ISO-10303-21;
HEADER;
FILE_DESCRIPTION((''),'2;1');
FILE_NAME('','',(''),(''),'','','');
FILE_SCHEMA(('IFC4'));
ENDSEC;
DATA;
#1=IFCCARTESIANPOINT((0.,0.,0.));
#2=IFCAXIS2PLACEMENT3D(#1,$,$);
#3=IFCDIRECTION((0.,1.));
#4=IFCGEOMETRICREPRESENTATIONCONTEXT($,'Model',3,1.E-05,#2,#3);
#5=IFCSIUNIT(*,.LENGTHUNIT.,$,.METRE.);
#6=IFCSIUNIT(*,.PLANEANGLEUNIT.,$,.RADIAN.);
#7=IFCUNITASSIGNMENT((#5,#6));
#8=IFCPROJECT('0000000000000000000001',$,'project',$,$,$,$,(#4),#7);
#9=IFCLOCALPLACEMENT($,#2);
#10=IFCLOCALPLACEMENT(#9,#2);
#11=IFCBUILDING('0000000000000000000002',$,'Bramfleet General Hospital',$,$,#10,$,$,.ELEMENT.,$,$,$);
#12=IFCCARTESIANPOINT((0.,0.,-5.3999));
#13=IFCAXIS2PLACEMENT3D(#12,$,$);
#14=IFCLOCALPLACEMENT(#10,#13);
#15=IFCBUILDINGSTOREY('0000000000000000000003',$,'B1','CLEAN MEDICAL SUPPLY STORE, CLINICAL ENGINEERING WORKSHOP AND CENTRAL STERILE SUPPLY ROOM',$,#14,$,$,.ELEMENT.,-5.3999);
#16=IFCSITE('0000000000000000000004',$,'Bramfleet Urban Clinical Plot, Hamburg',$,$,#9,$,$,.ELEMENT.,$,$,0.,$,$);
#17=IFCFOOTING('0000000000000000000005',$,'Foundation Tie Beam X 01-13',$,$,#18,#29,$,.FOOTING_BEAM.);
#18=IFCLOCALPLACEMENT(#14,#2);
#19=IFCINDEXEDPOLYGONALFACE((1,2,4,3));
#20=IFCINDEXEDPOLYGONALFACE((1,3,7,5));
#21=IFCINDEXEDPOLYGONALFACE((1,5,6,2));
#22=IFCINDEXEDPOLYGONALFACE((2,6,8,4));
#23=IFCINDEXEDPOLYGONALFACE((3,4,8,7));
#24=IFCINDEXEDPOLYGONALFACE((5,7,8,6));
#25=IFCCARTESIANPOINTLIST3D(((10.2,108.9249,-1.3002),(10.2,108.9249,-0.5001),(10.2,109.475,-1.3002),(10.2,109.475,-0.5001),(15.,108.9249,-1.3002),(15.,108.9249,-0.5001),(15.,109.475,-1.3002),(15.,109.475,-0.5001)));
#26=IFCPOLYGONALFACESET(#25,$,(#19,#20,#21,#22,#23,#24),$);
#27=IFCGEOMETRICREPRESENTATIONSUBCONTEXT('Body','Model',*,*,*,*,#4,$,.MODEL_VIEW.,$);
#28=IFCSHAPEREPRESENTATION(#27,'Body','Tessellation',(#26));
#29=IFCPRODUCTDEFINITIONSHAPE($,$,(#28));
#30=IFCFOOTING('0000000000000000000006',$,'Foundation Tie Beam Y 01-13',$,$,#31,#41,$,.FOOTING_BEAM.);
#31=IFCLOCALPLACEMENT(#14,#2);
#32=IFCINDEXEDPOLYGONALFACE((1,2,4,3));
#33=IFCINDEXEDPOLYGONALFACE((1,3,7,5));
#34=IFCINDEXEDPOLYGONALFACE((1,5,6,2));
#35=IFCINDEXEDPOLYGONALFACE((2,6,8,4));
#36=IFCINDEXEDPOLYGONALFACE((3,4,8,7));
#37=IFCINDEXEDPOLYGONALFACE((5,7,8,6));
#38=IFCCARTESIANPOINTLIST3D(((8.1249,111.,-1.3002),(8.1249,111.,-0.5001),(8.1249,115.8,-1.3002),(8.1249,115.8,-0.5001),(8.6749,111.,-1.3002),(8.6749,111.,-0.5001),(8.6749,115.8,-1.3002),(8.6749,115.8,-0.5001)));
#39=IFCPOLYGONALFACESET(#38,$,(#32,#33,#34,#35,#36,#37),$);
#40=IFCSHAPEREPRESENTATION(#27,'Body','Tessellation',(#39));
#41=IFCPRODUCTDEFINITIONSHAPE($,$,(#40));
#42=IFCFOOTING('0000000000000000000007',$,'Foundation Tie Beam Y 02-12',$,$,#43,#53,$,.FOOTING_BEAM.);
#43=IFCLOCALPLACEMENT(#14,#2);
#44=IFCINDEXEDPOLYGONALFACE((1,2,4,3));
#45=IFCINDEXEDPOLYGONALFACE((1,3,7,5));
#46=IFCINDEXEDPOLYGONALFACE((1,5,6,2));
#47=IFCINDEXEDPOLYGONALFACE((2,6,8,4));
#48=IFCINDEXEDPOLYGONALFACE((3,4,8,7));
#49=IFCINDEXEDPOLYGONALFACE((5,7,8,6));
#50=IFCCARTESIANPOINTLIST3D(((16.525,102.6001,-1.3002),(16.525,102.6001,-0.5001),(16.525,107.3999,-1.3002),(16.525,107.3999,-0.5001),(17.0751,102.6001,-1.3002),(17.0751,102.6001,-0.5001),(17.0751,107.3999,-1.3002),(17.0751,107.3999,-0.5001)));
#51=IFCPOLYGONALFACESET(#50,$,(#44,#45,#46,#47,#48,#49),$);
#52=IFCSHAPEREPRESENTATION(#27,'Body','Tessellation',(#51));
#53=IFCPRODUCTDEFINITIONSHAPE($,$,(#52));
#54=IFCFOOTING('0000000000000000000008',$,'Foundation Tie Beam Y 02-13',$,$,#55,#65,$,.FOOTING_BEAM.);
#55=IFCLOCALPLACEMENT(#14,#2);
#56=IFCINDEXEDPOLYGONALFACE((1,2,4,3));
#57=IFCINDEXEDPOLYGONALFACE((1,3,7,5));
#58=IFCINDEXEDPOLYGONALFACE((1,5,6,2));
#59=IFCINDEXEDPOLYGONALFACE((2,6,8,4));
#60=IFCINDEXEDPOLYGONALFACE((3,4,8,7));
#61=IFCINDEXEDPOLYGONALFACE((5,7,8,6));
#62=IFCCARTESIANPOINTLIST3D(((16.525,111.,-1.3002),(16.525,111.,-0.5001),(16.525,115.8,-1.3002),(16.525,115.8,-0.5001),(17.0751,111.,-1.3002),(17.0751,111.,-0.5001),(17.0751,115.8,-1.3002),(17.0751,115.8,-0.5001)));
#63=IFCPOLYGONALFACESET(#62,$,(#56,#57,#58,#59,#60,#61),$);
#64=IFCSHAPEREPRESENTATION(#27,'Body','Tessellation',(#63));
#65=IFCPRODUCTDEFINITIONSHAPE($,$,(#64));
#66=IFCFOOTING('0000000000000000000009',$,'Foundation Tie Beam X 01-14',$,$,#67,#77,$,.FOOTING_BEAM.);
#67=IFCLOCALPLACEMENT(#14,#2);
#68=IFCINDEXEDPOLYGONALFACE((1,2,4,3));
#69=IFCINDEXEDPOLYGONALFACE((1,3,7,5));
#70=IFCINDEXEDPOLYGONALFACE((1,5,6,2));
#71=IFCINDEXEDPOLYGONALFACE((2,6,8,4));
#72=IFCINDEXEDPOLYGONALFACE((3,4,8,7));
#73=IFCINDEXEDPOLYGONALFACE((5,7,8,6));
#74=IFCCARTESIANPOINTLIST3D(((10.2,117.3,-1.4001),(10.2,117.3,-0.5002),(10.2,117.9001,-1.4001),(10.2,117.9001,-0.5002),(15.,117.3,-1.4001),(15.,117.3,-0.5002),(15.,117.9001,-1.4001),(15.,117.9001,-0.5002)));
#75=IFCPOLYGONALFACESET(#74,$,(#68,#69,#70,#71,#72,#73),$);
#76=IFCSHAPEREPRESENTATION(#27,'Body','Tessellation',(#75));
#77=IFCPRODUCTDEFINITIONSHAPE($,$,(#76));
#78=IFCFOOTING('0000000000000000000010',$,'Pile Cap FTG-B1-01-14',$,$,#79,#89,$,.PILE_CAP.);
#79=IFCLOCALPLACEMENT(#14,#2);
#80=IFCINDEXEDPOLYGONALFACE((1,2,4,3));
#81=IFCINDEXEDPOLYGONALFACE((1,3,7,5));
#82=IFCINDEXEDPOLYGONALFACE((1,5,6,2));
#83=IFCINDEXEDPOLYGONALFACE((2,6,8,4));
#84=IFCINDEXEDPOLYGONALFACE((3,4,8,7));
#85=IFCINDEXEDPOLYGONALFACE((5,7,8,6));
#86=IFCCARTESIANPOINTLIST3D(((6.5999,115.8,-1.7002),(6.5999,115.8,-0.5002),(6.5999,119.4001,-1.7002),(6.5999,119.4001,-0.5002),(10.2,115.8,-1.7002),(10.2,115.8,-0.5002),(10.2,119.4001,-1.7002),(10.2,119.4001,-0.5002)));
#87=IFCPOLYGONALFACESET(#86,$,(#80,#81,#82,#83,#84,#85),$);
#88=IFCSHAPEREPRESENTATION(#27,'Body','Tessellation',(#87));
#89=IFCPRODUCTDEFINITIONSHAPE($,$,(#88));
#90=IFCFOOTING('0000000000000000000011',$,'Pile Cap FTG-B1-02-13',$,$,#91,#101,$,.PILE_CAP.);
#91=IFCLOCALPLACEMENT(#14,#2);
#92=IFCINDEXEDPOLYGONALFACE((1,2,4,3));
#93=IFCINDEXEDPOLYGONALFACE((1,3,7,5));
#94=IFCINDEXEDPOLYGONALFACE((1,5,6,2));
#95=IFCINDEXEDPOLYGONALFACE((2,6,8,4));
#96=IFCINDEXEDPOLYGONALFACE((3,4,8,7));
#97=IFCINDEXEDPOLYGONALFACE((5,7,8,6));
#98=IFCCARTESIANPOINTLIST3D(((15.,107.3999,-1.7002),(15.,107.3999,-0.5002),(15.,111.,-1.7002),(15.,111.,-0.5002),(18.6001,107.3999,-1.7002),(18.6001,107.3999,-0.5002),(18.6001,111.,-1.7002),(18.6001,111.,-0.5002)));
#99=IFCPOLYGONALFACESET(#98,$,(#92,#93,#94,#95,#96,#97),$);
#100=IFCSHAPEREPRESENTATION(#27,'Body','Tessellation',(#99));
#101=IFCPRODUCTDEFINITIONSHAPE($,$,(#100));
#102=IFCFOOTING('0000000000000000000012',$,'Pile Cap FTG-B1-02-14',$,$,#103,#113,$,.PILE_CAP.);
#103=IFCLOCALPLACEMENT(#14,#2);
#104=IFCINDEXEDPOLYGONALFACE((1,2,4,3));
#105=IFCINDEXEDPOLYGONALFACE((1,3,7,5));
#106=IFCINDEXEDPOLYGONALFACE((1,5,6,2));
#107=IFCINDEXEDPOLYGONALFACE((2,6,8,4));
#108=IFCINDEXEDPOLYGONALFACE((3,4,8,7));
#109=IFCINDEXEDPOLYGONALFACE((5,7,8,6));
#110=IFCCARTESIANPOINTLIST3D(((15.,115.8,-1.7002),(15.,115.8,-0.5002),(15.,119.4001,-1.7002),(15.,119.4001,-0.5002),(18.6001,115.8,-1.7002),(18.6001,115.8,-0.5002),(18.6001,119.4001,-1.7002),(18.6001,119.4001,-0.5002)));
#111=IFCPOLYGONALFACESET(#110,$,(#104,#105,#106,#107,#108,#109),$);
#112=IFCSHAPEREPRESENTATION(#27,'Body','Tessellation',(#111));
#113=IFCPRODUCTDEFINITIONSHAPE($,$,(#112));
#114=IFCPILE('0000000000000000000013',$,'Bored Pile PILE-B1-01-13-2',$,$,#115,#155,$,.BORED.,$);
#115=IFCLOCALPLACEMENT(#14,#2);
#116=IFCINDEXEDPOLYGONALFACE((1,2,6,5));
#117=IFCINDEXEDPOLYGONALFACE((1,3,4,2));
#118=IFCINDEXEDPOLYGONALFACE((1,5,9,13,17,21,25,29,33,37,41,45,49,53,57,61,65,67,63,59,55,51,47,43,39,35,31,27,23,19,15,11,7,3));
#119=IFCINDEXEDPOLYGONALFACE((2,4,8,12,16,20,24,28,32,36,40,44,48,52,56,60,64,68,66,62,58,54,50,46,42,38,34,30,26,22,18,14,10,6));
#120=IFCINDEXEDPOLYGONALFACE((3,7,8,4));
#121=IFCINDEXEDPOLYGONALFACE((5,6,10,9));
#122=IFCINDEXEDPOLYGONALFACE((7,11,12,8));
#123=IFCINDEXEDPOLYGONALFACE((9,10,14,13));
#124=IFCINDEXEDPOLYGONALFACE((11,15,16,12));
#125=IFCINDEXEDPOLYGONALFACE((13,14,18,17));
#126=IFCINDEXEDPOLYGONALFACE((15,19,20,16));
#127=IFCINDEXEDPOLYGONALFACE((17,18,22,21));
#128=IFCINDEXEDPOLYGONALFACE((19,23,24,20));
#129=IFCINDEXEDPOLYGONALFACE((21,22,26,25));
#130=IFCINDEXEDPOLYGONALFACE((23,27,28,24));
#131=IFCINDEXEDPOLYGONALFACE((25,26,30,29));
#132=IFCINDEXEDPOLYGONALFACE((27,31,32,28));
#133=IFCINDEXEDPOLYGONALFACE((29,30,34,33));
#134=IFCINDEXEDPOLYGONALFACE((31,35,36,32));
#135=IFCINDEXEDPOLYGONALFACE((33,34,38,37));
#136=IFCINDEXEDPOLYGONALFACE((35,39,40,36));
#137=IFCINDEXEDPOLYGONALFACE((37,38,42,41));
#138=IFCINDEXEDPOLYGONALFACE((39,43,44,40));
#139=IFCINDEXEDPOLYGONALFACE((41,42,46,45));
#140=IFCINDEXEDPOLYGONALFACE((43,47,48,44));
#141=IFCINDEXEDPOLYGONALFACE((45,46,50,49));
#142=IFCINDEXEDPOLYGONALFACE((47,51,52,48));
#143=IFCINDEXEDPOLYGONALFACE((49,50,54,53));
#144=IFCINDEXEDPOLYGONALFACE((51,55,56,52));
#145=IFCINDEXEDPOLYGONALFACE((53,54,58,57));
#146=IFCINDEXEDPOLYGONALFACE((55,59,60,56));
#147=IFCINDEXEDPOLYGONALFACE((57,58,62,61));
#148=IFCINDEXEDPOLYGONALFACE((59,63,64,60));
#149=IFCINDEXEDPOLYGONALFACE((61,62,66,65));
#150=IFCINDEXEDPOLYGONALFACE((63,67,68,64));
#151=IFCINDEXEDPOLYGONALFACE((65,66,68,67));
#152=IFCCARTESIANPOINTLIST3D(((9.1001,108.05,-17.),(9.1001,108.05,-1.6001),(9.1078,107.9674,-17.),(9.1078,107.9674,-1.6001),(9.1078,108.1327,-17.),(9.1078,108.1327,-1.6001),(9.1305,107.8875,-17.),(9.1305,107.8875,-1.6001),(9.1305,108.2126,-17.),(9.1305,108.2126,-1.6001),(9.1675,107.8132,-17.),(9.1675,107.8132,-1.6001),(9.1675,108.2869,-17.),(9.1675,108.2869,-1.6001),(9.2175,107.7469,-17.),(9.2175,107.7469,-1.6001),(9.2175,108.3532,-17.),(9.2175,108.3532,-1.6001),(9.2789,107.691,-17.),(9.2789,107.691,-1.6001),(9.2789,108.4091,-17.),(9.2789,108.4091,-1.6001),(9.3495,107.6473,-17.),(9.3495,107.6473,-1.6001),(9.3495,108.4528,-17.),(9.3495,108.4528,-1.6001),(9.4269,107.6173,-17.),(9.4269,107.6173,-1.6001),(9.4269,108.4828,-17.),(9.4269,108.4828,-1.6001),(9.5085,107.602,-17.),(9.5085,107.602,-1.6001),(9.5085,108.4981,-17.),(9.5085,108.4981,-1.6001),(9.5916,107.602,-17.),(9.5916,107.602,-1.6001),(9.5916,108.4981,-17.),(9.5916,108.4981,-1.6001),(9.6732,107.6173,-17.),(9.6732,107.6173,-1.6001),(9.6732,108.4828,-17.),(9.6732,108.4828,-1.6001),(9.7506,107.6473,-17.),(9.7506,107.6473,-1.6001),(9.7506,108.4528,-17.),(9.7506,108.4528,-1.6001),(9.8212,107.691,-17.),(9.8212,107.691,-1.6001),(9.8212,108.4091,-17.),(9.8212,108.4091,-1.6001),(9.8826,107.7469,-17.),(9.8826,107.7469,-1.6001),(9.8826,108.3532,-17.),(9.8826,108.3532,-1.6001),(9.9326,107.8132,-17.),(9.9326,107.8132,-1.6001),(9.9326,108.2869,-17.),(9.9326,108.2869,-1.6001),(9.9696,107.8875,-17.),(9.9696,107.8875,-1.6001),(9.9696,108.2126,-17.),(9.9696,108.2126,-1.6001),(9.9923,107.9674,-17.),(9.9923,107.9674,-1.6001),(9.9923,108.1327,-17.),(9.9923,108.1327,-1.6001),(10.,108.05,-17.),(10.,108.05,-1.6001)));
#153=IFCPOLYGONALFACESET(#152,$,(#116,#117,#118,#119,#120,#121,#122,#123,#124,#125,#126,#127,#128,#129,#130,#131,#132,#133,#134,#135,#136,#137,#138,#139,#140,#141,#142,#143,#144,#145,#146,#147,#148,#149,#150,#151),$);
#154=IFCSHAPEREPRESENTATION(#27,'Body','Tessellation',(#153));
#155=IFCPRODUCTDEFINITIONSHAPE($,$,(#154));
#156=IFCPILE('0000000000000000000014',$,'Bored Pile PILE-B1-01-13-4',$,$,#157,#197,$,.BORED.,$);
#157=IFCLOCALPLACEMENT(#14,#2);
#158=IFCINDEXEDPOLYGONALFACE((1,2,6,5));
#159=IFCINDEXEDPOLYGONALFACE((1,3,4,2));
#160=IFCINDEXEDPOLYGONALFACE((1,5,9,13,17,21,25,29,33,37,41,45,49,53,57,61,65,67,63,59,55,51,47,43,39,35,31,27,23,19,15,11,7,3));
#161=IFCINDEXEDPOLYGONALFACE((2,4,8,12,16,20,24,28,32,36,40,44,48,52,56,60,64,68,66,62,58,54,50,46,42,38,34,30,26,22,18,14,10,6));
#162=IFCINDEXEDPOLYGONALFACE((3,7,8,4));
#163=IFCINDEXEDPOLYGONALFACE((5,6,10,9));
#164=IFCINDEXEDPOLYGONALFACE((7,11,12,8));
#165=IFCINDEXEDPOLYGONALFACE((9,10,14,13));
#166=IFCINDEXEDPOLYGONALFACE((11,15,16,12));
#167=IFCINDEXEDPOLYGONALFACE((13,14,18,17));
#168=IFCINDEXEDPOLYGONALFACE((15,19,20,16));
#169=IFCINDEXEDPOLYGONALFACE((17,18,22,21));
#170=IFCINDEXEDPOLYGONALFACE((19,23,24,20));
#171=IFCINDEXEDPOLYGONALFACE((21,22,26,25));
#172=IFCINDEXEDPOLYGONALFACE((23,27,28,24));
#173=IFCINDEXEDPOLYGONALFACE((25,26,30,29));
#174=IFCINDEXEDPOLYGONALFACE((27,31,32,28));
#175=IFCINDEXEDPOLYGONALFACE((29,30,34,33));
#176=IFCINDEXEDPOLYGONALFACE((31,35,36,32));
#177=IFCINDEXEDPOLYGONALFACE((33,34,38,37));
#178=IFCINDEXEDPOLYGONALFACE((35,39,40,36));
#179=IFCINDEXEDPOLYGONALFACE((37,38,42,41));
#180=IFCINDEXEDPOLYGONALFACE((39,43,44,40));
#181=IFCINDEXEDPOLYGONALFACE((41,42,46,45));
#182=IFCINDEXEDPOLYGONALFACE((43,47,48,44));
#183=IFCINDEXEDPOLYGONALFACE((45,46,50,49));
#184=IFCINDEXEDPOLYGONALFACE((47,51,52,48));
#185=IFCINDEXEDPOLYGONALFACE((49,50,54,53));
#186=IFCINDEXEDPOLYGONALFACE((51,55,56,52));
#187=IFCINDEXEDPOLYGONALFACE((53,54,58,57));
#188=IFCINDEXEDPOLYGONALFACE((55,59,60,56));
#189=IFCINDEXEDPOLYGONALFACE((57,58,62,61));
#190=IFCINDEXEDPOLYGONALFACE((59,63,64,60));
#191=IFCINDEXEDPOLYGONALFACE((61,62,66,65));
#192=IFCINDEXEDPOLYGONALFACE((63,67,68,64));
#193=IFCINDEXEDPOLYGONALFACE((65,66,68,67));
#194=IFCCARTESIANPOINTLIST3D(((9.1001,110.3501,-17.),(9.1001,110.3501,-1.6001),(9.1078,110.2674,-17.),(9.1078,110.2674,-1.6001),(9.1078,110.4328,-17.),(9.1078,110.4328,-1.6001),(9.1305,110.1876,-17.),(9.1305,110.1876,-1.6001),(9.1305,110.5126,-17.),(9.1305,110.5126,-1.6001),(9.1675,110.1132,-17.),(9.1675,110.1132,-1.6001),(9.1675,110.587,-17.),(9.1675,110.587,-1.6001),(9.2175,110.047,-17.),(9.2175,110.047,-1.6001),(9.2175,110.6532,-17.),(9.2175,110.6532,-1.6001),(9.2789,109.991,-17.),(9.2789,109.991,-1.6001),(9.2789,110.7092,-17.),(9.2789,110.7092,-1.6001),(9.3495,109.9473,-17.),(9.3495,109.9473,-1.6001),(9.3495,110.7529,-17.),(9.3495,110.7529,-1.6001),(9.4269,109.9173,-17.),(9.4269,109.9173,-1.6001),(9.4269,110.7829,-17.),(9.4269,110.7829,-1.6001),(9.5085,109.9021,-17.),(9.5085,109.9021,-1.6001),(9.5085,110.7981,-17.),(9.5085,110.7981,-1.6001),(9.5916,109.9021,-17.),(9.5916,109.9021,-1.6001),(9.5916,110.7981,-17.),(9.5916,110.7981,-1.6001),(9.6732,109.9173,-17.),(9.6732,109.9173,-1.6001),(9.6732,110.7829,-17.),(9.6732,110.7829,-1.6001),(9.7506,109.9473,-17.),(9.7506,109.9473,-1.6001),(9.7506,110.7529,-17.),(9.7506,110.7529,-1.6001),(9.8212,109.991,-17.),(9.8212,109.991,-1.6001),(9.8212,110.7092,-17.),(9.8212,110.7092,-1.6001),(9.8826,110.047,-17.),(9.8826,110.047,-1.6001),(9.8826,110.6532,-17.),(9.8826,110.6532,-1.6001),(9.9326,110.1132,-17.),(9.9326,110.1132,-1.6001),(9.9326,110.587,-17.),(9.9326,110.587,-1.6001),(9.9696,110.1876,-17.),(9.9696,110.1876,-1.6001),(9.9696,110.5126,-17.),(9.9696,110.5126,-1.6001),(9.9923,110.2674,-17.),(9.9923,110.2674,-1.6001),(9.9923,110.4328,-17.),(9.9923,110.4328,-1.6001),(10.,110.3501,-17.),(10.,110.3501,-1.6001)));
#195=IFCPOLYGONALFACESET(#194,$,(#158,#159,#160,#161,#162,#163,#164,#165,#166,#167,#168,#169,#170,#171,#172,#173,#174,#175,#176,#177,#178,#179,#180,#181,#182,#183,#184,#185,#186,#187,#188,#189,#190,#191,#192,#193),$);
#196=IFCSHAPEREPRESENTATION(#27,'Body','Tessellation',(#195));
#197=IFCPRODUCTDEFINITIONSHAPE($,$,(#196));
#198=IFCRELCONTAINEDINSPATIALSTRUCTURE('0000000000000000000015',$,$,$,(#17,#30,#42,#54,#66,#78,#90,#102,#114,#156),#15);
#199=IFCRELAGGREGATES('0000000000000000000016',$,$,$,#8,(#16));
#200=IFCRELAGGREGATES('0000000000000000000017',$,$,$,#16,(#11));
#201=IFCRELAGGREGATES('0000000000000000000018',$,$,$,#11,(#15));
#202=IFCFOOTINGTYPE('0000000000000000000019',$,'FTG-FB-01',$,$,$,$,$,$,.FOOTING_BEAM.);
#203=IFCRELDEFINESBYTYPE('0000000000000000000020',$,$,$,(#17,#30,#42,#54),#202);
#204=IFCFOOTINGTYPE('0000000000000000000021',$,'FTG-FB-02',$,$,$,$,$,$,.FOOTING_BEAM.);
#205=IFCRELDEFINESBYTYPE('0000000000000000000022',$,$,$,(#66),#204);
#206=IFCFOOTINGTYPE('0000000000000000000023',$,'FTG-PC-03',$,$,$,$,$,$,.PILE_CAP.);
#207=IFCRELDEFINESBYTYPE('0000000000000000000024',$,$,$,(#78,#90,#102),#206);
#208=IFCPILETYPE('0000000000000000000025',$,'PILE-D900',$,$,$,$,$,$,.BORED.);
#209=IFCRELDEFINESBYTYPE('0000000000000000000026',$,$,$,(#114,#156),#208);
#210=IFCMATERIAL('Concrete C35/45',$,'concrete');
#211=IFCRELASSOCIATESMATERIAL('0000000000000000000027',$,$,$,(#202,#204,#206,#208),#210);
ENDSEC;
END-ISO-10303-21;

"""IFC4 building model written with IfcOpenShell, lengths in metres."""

from ifc_helpers import new_model, si_unit, direction, frame, origin, origin_2d, place, context, subcontext, project, spatial, rectangle, circle, extrude, material, material_profile, profile_set, type_object, element, save


model = new_model("IFC4")

# Units and contexts
model_context = context("Model", 3, precision=1e-05, world=origin(), true_north=direction((0.0, 1.0)))
body_context = subcontext(model_context, "Body", "Model", "MODEL_VIEW")
ifc_project = project(units=[si_unit("LENGTHUNIT", "METRE"), si_unit("PLANEANGLEUNIT", "RADIAN")], contexts=[model_context])

# Site, building, storey
site_placement = place(None, origin())
site = spatial("IfcSite", under=ifc_project, at=site_placement, Name="Bramfleet Urban Clinical Plot, Hamburg", CompositionType="ELEMENT", RefElevation=0.0)
building_placement = place(site_placement, origin())
building = spatial("IfcBuilding", under=site, at=building_placement, Name="Bramfleet General Hospital", CompositionType="ELEMENT")
storey_placement = place(building_placement, frame((0.0, 0.0, -5.3999)))
storey = spatial("IfcBuildingStorey", under=building, at=storey_placement, Name="B1", Description="CLEAN MEDICAL SUPPLY STORE, CLINICAL ENGINEERING WORKSHOP AND CENTRAL STERILE SUPPLY ROOM", CompositionType="ELEMENT", Elevation=-5.3999)

# Footings
ifc_material_1 = material(Name="Concrete C35/45", Category="concrete")
ifc_material_profile_1 = material_profile(ifc_material_1, rectangle(XDim=0.55, YDim=0.8, at=origin_2d()), Name="RC FB 800x550")
ifc_profile_set_1 = profile_set([ifc_material_profile_1], Name="Concrete C35/45")
footing_type_1 = type_object("IfcFootingType", Name="FTG-FB-01", PredefinedType="FOOTING_BEAM", material=ifc_profile_set_1)
for number, where, z_axis, x_axis, name in (
    (1, (10.2, 109.2, -0.9001), (1.0, 0.0, 0.0), (0.0, 1.0, 0.0), "Foundation Tie Beam X 01-13"),
    (2, (8.3999, 111.0, -0.9001), (0.0, 1.0, 0.0), (-1.0, 0.0, 0.0), "Foundation Tie Beam Y 01-13"),
):
    element("IfcFooting", number, at=place(storey_placement, frame(where, z_axis=z_axis, x_axis=x_axis)), inside=storey, type_object=footing_type_1, Name=name, PredefinedType="FOOTING_BEAM", context=body_context, shape_type="SweptSolid", body=[
        extrude(rectangle(XDim=0.55, YDim=0.8, at=origin_2d()), origin(), (0.0, 0.0, 1.0), 4.8),
    ])
footing_1_placement = place(storey_placement, frame((16.8, 102.6001, -0.9001), z_axis=(0.0, 1.0, 0.0), x_axis=(-1.0, 0.0, 0.0)))
element("IfcFooting", 3, at=footing_1_placement, inside=storey, type_object=footing_type_1, Name="Foundation Tie Beam Y 02-12", PredefinedType="FOOTING_BEAM", context=body_context, shape_type="SweptSolid", body=[
    extrude(rectangle(XDim=0.55, YDim=0.8, at=origin_2d()), origin(), (0.0, 0.0, 1.0), 4.7998),
])
footing_2_placement = place(storey_placement, frame((16.8, 111.0, -0.9001), z_axis=(0.0, 1.0, 0.0), x_axis=(-1.0, 0.0, 0.0)))
element("IfcFooting", 4, at=footing_2_placement, inside=storey, type_object=footing_type_1, Name="Foundation Tie Beam Y 02-13", PredefinedType="FOOTING_BEAM", context=body_context, shape_type="SweptSolid", body=[
    extrude(rectangle(XDim=0.55, YDim=0.8, at=origin_2d()), origin(), (0.0, 0.0, 1.0), 4.8),
])
ifc_material_profile_2 = material_profile(ifc_material_1, rectangle(XDim=0.6001, YDim=0.8999, at=origin_2d()), Name="RC FB 900x600")
ifc_profile_set_2 = profile_set([ifc_material_profile_2], Name="Concrete C35/45")
footing_type_2 = type_object("IfcFootingType", Name="FTG-FB-02", PredefinedType="FOOTING_BEAM", material=ifc_profile_set_2)
footing_3_placement = place(storey_placement, frame((10.2, 117.6001, -0.9502), z_axis=(1.0, 0.0, 0.0), x_axis=(0.0, 1.0, 0.0)))
element("IfcFooting", 5, at=footing_3_placement, inside=storey, type_object=footing_type_2, Name="Foundation Tie Beam X 01-14", PredefinedType="FOOTING_BEAM", context=body_context, shape_type="SweptSolid", body=[
    extrude(rectangle(XDim=0.6001, YDim=0.8999, at=origin_2d()), origin(), (0.0, 0.0, 1.0), 4.8),
])
footing_type_3 = type_object("IfcFootingType", Name="FTG-PC-03", PredefinedType="PILE_CAP", material=ifc_material_1)
for number, where, z_axis, x_axis, name in (
    (6, (8.3999, 117.6001, -1.7002), (0.0, 0.0, 1.0), (1.0, 0.0, 0.0), "Pile Cap FTG-B1-01-14"),
    (7, (16.8, 109.2, -1.7002), (0.0, 0.0, 1.0), (1.0, 0.0, 0.0), "Pile Cap FTG-B1-02-13"),
    (8, (16.8, 117.6001, -1.7002), (0.0, 0.0, 1.0), (1.0, 0.0, 0.0), "Pile Cap FTG-B1-02-14"),
):
    element("IfcFooting", number, at=place(storey_placement, frame(where, z_axis=z_axis, x_axis=x_axis)), inside=storey, type_object=footing_type_3, Name=name, PredefinedType="PILE_CAP", context=body_context, shape_type="SweptSolid", body=[
        extrude(rectangle(XDim=3.6001, YDim=3.6001, at=origin_2d()), origin(), (0.0, 0.0, 1.0), 1.2),
    ])

# Piles
ifc_material_profile_3 = material_profile(ifc_material_1, circle(Radius=0.45, at=origin_2d()), Name="PILE BORED D900")
ifc_profile_set_3 = profile_set([ifc_material_profile_3], Name="Concrete C35/45")
pile_type = type_object("IfcPileType", Name="PILE-D900", PredefinedType="BORED", material=ifc_profile_set_3)
for number, where, z_axis, x_axis, name in (
    (9, (9.55, 108.05, -1.6001), (0.0, 0.0, -1.0), (1.0, 0.0, 0.0), "Bored Pile PILE-B1-01-13-2"),
    (10, (9.55, 110.3501, -1.6001), (0.0, 0.0, -1.0), (1.0, 0.0, 0.0), "Bored Pile PILE-B1-01-13-4"),
):
    element("IfcPile", number, at=place(storey_placement, frame(where, z_axis=z_axis, x_axis=x_axis)), inside=storey, type_object=pile_type, Name=name, PredefinedType="BORED", context=body_context, shape_type="SweptSolid", body=[
        extrude(circle(Radius=0.45, at=origin_2d()), origin(), (0.0, 0.0, 1.0), 15.3999),
    ])

save(model, "model.ifc")
